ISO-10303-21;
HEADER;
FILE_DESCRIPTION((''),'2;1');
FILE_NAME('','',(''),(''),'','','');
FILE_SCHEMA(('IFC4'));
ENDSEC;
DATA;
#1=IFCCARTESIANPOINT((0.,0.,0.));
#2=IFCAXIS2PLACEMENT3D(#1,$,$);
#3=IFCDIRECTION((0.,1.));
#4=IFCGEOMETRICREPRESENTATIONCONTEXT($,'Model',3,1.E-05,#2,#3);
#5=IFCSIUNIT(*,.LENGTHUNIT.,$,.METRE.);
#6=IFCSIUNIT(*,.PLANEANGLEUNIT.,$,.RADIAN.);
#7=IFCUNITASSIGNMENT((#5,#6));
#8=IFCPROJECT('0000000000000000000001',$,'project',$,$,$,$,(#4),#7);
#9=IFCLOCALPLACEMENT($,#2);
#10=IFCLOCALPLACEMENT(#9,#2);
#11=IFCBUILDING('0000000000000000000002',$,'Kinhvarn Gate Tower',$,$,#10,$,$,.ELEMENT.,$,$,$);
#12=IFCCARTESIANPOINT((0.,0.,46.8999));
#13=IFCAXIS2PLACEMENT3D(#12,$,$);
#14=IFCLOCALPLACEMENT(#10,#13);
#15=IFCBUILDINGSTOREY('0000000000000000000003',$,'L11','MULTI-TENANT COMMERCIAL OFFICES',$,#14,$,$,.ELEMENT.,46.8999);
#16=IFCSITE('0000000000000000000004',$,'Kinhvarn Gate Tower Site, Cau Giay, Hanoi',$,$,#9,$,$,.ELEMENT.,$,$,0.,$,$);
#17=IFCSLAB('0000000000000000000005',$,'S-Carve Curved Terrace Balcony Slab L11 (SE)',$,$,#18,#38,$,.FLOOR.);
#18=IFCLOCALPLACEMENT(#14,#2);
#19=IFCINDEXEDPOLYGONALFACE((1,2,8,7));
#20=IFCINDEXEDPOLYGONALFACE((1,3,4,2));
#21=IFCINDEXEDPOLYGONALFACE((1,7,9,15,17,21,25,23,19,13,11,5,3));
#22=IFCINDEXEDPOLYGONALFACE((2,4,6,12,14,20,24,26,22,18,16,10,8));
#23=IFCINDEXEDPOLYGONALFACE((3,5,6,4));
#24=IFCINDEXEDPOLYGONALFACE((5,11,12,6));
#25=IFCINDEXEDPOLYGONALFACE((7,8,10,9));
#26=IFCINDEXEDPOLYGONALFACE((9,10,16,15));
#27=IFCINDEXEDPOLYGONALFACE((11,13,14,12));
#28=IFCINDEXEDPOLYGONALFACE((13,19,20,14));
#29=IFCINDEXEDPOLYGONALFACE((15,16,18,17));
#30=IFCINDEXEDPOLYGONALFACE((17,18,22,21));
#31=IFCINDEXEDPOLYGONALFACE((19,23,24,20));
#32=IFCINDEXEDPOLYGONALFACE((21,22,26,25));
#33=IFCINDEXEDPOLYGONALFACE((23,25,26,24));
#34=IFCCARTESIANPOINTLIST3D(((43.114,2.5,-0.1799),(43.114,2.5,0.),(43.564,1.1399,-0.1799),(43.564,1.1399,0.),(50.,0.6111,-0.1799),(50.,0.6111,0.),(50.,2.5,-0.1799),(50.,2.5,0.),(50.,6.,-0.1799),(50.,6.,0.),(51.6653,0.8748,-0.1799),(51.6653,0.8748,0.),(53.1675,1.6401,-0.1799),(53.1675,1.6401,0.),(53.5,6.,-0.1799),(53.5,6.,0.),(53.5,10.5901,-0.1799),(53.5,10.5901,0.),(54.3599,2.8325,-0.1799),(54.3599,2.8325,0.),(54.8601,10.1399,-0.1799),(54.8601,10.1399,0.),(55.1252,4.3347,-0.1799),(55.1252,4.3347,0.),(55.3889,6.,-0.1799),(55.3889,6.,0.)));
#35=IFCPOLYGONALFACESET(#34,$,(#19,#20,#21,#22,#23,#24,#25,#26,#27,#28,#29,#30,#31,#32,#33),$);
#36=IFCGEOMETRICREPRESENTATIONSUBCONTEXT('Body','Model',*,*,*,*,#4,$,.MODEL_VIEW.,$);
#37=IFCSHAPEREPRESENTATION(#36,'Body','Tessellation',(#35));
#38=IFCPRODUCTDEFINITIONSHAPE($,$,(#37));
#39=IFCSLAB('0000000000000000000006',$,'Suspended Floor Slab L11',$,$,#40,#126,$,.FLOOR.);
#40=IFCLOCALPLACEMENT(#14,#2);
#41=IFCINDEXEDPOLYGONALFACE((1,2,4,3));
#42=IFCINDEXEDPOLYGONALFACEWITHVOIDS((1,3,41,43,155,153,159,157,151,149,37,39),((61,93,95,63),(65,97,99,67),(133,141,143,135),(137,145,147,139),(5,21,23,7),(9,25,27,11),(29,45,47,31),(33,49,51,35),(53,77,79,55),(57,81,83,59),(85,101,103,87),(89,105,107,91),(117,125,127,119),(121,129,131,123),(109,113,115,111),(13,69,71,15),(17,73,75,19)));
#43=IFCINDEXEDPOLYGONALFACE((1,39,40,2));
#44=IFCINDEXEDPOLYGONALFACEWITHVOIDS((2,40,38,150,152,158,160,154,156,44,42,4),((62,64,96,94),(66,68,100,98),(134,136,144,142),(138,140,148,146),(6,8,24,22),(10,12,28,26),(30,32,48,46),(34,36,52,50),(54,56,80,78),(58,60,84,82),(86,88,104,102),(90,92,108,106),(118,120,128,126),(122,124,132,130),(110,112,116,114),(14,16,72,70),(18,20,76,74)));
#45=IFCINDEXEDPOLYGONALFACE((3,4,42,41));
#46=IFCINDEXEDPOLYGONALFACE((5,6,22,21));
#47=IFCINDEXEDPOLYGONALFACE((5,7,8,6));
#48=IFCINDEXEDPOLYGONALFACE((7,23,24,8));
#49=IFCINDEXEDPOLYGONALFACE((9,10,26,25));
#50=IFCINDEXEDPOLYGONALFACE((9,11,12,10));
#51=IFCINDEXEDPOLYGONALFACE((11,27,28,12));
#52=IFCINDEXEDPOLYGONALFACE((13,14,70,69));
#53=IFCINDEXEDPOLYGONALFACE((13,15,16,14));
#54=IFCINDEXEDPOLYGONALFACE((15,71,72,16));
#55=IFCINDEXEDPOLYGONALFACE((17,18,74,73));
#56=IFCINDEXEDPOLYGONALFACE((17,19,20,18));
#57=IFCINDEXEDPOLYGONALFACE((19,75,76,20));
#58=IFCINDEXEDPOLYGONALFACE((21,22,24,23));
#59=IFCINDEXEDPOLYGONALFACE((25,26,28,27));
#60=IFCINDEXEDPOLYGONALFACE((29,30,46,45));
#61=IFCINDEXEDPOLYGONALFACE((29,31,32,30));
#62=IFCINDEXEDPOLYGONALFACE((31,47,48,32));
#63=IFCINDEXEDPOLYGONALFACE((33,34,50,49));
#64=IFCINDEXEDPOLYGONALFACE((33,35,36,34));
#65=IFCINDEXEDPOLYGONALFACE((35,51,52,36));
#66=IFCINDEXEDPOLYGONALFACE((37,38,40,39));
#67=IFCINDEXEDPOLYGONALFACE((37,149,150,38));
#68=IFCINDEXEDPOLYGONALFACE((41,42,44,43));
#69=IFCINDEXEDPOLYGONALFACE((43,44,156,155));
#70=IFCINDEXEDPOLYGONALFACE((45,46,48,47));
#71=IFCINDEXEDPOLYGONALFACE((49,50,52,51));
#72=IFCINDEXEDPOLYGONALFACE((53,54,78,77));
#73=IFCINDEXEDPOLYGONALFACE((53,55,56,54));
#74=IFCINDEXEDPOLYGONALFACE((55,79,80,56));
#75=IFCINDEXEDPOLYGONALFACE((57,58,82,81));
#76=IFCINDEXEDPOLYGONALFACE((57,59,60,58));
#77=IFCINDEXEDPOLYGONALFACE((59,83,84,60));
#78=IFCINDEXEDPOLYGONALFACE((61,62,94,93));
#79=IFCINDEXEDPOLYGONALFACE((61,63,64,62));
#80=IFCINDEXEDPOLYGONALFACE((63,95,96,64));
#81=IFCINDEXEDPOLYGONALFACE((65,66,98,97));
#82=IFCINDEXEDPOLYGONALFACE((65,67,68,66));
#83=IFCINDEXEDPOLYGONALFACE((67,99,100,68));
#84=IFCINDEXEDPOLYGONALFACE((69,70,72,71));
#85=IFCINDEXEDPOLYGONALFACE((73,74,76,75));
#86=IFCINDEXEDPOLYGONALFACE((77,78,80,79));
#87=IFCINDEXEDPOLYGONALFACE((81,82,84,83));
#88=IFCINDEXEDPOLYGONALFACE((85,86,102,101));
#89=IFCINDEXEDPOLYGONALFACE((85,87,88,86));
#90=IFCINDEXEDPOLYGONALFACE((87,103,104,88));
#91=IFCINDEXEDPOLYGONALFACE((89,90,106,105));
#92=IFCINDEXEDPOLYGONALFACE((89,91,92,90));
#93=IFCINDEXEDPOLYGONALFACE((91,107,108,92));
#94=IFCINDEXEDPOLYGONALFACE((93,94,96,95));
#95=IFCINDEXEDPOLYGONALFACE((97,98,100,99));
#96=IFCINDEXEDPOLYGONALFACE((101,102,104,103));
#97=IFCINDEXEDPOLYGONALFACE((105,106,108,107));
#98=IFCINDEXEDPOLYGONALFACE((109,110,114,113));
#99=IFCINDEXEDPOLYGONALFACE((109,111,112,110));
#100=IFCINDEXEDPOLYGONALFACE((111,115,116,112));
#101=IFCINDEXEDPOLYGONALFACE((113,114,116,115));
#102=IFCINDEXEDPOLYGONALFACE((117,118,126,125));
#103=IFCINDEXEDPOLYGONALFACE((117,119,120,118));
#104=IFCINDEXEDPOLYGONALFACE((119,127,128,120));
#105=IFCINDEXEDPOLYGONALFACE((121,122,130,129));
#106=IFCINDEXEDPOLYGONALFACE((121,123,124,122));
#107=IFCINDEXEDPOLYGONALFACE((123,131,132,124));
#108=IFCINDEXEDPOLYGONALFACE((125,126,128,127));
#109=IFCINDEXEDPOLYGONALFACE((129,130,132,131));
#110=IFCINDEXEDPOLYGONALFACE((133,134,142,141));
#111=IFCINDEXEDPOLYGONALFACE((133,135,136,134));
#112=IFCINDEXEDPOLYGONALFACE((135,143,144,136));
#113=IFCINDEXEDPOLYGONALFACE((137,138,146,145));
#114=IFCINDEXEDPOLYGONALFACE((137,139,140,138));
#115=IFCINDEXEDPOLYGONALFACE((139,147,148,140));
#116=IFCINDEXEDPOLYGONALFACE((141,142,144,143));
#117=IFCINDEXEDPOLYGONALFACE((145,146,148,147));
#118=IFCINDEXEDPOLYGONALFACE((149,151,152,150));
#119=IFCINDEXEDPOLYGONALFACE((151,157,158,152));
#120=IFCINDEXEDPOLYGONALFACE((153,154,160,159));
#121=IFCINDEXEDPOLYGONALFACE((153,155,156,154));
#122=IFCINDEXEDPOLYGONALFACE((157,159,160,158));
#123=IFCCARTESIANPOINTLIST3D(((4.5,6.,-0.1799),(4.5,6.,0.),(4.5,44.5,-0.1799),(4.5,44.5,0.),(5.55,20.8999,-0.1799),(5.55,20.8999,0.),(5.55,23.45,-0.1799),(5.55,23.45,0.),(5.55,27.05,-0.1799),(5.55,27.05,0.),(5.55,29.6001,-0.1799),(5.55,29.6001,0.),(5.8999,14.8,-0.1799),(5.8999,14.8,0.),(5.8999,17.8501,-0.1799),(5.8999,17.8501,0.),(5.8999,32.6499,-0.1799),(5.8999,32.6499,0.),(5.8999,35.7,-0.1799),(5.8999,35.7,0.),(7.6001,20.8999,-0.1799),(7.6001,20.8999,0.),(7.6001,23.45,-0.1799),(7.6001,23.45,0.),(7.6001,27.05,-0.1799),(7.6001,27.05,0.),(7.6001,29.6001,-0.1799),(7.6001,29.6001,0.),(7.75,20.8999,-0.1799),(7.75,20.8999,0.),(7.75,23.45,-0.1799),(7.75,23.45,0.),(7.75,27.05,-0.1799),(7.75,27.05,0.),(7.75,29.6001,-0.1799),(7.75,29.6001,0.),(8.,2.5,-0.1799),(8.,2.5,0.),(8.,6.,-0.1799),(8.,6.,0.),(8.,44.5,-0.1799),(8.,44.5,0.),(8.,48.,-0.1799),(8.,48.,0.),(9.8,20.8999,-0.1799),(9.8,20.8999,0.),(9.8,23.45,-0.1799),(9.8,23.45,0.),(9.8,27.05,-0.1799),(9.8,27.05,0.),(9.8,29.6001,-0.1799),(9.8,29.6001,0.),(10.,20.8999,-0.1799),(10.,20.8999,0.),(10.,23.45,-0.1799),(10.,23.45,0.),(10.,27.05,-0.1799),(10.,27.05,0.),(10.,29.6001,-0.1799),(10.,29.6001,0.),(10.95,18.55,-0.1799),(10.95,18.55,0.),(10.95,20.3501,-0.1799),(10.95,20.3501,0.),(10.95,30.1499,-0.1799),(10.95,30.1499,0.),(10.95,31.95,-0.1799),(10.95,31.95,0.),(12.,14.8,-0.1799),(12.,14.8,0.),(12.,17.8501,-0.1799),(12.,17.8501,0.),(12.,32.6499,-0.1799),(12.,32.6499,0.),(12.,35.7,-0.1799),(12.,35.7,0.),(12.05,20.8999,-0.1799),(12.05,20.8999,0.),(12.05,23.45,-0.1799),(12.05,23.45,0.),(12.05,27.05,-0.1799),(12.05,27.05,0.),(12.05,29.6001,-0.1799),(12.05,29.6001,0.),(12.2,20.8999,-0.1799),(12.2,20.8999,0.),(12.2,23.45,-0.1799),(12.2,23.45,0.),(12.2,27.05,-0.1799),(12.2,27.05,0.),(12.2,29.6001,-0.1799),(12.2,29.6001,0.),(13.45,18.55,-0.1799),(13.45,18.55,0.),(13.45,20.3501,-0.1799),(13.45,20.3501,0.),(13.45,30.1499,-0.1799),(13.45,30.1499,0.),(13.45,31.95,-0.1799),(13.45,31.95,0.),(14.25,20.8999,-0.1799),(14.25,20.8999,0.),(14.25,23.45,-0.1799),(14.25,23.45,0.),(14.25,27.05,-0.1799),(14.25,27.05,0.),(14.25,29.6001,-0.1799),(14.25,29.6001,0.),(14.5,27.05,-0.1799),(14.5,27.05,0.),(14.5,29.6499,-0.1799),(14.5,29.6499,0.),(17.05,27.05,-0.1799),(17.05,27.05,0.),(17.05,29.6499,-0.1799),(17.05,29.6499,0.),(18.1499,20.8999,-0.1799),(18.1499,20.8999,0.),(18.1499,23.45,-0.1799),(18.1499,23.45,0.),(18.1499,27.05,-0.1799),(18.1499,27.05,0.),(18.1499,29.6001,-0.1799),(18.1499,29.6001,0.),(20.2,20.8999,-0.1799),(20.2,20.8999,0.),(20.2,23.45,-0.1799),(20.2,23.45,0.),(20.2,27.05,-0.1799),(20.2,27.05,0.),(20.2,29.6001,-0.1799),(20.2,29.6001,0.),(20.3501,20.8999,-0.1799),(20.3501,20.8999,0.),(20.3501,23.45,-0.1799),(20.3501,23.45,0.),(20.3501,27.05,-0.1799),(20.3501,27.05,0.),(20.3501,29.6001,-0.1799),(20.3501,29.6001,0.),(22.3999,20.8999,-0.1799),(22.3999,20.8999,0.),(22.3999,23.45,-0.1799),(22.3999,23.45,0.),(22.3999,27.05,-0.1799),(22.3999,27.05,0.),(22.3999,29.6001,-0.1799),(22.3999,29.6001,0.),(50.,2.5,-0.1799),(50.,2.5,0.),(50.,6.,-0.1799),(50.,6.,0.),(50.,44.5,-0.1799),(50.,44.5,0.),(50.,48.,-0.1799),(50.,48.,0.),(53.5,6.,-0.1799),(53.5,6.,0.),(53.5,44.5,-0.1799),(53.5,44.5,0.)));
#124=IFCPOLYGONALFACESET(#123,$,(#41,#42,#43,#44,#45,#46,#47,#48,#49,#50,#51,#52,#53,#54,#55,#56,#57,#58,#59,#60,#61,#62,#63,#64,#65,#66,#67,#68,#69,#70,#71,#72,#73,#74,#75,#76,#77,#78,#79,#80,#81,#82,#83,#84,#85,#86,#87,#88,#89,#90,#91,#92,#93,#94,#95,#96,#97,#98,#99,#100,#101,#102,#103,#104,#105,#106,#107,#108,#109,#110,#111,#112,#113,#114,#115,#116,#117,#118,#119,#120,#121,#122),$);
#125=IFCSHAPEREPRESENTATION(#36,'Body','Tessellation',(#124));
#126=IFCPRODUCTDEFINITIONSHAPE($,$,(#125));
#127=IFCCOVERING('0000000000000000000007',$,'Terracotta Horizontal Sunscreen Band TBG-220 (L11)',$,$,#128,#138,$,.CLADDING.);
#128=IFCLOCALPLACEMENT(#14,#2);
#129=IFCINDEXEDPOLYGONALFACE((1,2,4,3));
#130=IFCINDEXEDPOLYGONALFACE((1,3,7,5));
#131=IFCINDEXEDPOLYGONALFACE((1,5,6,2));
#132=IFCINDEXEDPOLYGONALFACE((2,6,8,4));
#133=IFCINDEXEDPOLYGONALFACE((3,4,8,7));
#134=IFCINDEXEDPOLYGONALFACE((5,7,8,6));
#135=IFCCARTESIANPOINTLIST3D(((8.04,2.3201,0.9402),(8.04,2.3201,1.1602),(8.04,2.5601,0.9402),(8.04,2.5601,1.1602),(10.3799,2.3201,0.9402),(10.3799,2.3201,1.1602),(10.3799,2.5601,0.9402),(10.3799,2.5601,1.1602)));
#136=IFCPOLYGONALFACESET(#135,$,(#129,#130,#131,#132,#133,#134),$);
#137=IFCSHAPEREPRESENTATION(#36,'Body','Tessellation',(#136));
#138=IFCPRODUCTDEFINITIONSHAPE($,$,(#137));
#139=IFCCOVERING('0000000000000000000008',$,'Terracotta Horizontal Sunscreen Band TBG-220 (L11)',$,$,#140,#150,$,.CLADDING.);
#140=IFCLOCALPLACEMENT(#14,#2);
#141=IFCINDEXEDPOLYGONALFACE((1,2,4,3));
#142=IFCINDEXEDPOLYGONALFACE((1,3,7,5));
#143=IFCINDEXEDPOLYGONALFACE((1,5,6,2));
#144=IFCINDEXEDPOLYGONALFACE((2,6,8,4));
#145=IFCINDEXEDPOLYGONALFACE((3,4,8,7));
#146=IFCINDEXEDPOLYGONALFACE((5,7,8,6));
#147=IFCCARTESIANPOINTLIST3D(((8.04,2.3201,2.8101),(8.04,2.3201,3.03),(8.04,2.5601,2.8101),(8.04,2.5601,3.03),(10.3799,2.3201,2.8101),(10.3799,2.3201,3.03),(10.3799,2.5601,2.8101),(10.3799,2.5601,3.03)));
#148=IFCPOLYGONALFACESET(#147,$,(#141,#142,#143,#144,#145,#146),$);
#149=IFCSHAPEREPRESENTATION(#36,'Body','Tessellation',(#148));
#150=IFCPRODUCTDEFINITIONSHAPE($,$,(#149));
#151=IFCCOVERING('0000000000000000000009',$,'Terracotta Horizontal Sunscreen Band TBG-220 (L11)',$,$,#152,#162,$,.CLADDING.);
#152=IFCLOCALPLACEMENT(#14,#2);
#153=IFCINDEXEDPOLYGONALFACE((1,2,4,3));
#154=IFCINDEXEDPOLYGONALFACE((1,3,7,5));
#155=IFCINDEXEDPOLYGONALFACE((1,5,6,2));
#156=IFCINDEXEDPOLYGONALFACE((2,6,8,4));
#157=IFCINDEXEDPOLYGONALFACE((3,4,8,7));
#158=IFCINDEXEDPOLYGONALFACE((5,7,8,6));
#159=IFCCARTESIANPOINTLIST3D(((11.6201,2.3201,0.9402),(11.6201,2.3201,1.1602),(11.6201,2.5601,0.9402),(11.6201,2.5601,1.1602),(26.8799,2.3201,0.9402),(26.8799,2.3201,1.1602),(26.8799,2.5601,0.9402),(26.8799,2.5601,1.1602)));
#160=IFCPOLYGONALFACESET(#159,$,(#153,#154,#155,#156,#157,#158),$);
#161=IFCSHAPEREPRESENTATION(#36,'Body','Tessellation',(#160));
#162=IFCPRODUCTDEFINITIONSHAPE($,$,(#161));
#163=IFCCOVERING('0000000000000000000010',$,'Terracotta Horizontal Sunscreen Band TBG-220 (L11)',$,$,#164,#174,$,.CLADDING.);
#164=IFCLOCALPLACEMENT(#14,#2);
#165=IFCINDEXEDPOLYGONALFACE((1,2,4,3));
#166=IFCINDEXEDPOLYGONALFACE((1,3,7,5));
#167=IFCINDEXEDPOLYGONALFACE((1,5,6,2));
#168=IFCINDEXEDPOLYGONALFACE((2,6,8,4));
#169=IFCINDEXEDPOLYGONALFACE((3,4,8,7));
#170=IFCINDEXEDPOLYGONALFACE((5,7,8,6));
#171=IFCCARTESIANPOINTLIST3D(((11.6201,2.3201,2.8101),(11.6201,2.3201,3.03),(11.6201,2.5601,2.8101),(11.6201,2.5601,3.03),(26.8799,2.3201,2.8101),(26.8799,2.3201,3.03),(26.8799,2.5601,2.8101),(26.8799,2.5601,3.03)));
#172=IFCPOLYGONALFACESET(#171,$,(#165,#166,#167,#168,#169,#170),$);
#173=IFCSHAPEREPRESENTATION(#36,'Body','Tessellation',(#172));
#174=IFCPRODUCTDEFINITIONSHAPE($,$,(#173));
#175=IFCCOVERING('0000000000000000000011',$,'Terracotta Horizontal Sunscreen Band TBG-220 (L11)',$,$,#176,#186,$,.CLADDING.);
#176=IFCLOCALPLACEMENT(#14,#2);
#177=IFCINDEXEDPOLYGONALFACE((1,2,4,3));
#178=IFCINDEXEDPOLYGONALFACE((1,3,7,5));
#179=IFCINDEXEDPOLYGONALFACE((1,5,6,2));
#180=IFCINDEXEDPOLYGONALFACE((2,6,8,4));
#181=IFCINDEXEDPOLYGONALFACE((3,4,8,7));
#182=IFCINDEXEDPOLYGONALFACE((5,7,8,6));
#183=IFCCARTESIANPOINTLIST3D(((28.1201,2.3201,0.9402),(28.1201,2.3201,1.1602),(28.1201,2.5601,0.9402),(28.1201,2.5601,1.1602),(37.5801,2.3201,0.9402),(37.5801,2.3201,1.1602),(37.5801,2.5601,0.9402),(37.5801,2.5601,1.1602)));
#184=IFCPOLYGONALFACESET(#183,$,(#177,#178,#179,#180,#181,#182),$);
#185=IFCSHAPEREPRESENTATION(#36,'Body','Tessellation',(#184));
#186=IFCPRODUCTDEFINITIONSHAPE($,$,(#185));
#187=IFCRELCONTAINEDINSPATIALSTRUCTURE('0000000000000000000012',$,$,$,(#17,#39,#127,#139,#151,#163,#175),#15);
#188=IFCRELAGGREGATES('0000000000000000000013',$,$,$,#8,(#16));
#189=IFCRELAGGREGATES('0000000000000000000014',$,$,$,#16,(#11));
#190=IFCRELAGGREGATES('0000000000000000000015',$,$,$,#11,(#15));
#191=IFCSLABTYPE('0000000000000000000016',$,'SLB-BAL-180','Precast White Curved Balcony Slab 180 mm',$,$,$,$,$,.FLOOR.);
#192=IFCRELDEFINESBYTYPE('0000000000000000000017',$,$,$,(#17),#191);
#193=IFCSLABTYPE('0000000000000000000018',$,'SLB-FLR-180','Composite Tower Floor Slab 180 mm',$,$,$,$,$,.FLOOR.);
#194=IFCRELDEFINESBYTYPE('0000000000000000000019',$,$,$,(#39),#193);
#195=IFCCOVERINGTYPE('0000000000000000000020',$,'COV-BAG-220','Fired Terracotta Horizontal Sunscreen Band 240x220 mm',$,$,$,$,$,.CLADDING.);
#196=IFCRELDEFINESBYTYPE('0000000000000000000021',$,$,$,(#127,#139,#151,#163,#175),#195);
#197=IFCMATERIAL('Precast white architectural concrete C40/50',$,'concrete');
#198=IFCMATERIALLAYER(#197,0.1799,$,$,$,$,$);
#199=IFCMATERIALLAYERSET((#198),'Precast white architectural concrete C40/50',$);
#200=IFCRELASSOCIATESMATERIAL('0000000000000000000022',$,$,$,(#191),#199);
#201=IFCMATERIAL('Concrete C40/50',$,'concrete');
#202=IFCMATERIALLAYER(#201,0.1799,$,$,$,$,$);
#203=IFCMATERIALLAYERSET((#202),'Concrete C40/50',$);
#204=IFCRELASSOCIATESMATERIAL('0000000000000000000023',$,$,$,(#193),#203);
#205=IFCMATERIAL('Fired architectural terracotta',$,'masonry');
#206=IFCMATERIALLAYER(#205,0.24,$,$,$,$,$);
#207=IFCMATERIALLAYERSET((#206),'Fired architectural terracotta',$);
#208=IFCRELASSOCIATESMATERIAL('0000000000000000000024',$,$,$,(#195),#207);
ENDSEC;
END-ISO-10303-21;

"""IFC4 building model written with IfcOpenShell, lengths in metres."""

from ifc_helpers import new_model, si_unit, direction, frame, origin, place, context, subcontext, project, spatial, polyline, outline, extrude, material, layer, layer_set, type_object, element, save


model = new_model("IFC4")

# Units and contexts
model_context = context("Model", 3, precision=1e-05, world=origin(), true_north=direction((0.0, 1.0)))
body_context = subcontext(model_context, "Body", "Model", "MODEL_VIEW")
ifc_project = project(units=[si_unit("LENGTHUNIT", "METRE"), si_unit("PLANEANGLEUNIT", "RADIAN")], contexts=[model_context])

# Site, building, storey
site_placement = place(None, origin())
site = spatial("IfcSite", under=ifc_project, at=site_placement, Name="Kinhvarn Gate Tower Site, Cau Giay, Hanoi", CompositionType="ELEMENT", RefElevation=0.0)
building_placement = place(site_placement, origin())
building = spatial("IfcBuilding", under=site, at=building_placement, Name="Kinhvarn Gate Tower", CompositionType="ELEMENT")
storey_placement = place(building_placement, frame((0.0, 0.0, 46.8999)))
storey = spatial("IfcBuildingStorey", under=building, at=storey_placement, Name="L11", Description="MULTI-TENANT COMMERCIAL OFFICES", CompositionType="ELEMENT", Elevation=46.8999)

# Slabs
ifc_material_1 = material(Name="Precast white architectural concrete C40/50", Category="concrete")
ifc_layer_1 = layer(ifc_material_1, 0.1799)
ifc_layer_set_1 = layer_set([ifc_layer_1], Name="Precast white architectural concrete C40/50")
slab_type_1 = type_object("IfcSlabType", Name="SLB-BAL-180", Description="Precast White Curved Balcony Slab 180 mm", PredefinedType="FLOOR", material=ifc_layer_set_1)
slab_1_placement = place(storey_placement, frame((0.0, 0.0, -0.1799)))
element("IfcSlab", 1, at=slab_1_placement, inside=storey, type_object=slab_type_1, Name="S-Carve Curved Terrace Balcony Slab L11 (SE)", PredefinedType="FLOOR", context=body_context, shape_type="SweptSolid", body=[
    extrude(outline(polyline([(43.114, 2.5), (43.564, 1.1399), (50.0, 0.6111), (51.6653, 0.8748), (53.1675, 1.6401), (54.3599, 2.8325), (55.1252, 4.3347), (55.3889, 6.0), (54.8601, 10.1399), (53.5, 10.5901), (53.5, 6.0), (50.0, 6.0), (50.0, 2.5), (43.114, 2.5)])), origin(), (0.0, 0.0, 1.0), 0.1799),
])
ifc_material_2 = material(Name="Concrete C40/50", Category="concrete")
ifc_layer_2 = layer(ifc_material_2, 0.1799)
ifc_layer_set_2 = layer_set([ifc_layer_2], Name="Concrete C40/50")
slab_type_2 = type_object("IfcSlabType", Name="SLB-FLR-180", Description="Composite Tower Floor Slab 180 mm", PredefinedType="FLOOR", material=ifc_layer_set_2)
slab_2_placement = place(storey_placement, frame((0.0, 0.0, -0.1799)))
element("IfcSlab", 2, at=slab_2_placement, inside=storey, type_object=slab_type_2, Name="Suspended Floor Slab L11", PredefinedType="FLOOR", context=body_context, shape_type="SweptSolid", body=[
    extrude(outline(polyline([(8.0, 2.5), (50.0, 2.5), (50.0, 6.0), (53.5, 6.0), (53.5, 44.5), (50.0, 44.5), (50.0, 48.0), (8.0, 48.0), (8.0, 44.5), (4.5, 44.5), (4.5, 6.0), (8.0, 6.0), (8.0, 2.5)]), holes=[polyline([(5.8999, 14.8), (12.0, 14.8), (12.0, 17.8501), (5.8999, 17.8501), (5.8999, 14.8)]), polyline([(5.8999, 32.6499), (12.0, 32.6499), (12.0, 35.7), (5.8999, 35.7), (5.8999, 32.6499)]), polyline([(18.1499, 20.8999), (20.2, 20.8999), (20.2, 23.45), (18.1499, 23.45), (18.1499, 20.8999)]), polyline([(20.3501, 20.8999), (22.3999, 20.8999), (22.3999, 23.45), (20.3501, 23.45), (20.3501, 20.8999)]), polyline([(18.1499, 27.05), (20.2, 27.05), (20.2, 29.6001), (18.1499, 29.6001), (18.1499, 27.05)]), polyline([(20.3501, 27.05), (22.3999, 27.05), (22.3999, 29.6001), (20.3501, 29.6001), (20.3501, 27.05)]), polyline([(5.55, 20.8999), (7.6001, 20.8999), (7.6001, 23.45), (5.55, 23.45), (5.55, 20.8999)]), polyline([(7.75, 20.8999), (9.8, 20.8999), (9.8, 23.45), (7.75, 23.45), (7.75, 20.8999)]), polyline([(5.55, 27.05), (7.6001, 27.05), (7.6001, 29.6001), (5.55, 29.6001), (5.55, 27.05)]), polyline([(7.75, 27.05), (9.8, 27.05), (9.8, 29.6001), (7.75, 29.6001), (7.75, 27.05)]), polyline([(10.0, 20.8999), (12.05, 20.8999), (12.05, 23.45), (10.0, 23.45), (10.0, 20.8999)]), polyline([(12.2, 20.8999), (14.25, 20.8999), (14.25, 23.45), (12.2, 23.45), (12.2, 20.8999)]), polyline([(10.0, 27.05), (12.05, 27.05), (12.05, 29.6001), (10.0, 29.6001), (10.0, 27.05)]), polyline([(12.2, 27.05), (14.25, 27.05), (14.25, 29.6001), (12.2, 29.6001), (12.2, 27.05)]), polyline([(14.5, 27.05), (17.05, 27.05), (17.05, 29.6499), (14.5, 29.6499), (14.5, 27.05)]), polyline([(10.95, 18.55), (13.45, 18.55), (13.45, 20.3501), (10.95, 20.3501), (10.95, 18.55)]), polyline([(10.95, 30.1499), (13.45, 30.1499), (13.45, 31.95), (10.95, 31.95), (10.95, 30.1499)])]), origin(), (0.0, 0.0, 1.0), 0.1799),
])

# Coverings
ifc_material_3 = material(Name="Fired architectural terracotta", Category="masonry")
ifc_layer_3 = layer(ifc_material_3, 0.24)
ifc_layer_set_3 = layer_set([ifc_layer_3], Name="Fired architectural terracotta")
covering_type_1 = type_object("IfcCoveringType", Name="COV-BAG-220", Description="Fired Terracotta Horizontal Sunscreen Band 240x220 mm", PredefinedType="CLADDING", material=ifc_layer_set_3)
for number, where, name in (
    (3, (0.0, 0.0, 0.9402), "Terracotta Horizontal Sunscreen Band TBG-220 (L11)"),
    (4, (0.0, 0.0, 2.8101), "Terracotta Horizontal Sunscreen Band TBG-220 (L11)"),
):
    element("IfcCovering", number, at=place(storey_placement, frame(where)), inside=storey, type_object=covering_type_1, Name=name, PredefinedType="CLADDING", context=body_context, shape_type="SweptSolid", body=[
        extrude(outline(polyline([(8.04, 2.5601), (10.3799, 2.5601), (10.3799, 2.3201), (8.04, 2.3201), (8.04, 2.5601)])), origin(), (0.0, 0.0, 1.0), 0.22),
    ])
for number, where, name in (
    (5, (0.0, 0.0, 0.9402), "Terracotta Horizontal Sunscreen Band TBG-220 (L11)"),
    (6, (0.0, 0.0, 2.8101), "Terracotta Horizontal Sunscreen Band TBG-220 (L11)"),
):
    element("IfcCovering", number, at=place(storey_placement, frame(where)), inside=storey, type_object=covering_type_1, Name=name, PredefinedType="CLADDING", context=body_context, shape_type="SweptSolid", body=[
        extrude(outline(polyline([(11.6201, 2.5601), (26.8799, 2.5601), (26.8799, 2.3201), (11.6201, 2.3201), (11.6201, 2.5601)])), origin(), (0.0, 0.0, 1.0), 0.22),
    ])
for number, where, name in (
    (7, (0.0, 0.0, 0.9402), "Terracotta Horizontal Sunscreen Band TBG-220 (L11)"),
):
    element("IfcCovering", number, at=place(storey_placement, frame(where)), inside=storey, type_object=covering_type_1, Name=name, PredefinedType="CLADDING", context=body_context, shape_type="SweptSolid", body=[
        extrude(outline(polyline([(28.1201, 2.5601), (37.5801, 2.5601), (37.5801, 2.3201), (28.1201, 2.3201), (28.1201, 2.5601)])), origin(), (0.0, 0.0, 1.0), 0.22),
    ])

save(model, "model.ifc")
